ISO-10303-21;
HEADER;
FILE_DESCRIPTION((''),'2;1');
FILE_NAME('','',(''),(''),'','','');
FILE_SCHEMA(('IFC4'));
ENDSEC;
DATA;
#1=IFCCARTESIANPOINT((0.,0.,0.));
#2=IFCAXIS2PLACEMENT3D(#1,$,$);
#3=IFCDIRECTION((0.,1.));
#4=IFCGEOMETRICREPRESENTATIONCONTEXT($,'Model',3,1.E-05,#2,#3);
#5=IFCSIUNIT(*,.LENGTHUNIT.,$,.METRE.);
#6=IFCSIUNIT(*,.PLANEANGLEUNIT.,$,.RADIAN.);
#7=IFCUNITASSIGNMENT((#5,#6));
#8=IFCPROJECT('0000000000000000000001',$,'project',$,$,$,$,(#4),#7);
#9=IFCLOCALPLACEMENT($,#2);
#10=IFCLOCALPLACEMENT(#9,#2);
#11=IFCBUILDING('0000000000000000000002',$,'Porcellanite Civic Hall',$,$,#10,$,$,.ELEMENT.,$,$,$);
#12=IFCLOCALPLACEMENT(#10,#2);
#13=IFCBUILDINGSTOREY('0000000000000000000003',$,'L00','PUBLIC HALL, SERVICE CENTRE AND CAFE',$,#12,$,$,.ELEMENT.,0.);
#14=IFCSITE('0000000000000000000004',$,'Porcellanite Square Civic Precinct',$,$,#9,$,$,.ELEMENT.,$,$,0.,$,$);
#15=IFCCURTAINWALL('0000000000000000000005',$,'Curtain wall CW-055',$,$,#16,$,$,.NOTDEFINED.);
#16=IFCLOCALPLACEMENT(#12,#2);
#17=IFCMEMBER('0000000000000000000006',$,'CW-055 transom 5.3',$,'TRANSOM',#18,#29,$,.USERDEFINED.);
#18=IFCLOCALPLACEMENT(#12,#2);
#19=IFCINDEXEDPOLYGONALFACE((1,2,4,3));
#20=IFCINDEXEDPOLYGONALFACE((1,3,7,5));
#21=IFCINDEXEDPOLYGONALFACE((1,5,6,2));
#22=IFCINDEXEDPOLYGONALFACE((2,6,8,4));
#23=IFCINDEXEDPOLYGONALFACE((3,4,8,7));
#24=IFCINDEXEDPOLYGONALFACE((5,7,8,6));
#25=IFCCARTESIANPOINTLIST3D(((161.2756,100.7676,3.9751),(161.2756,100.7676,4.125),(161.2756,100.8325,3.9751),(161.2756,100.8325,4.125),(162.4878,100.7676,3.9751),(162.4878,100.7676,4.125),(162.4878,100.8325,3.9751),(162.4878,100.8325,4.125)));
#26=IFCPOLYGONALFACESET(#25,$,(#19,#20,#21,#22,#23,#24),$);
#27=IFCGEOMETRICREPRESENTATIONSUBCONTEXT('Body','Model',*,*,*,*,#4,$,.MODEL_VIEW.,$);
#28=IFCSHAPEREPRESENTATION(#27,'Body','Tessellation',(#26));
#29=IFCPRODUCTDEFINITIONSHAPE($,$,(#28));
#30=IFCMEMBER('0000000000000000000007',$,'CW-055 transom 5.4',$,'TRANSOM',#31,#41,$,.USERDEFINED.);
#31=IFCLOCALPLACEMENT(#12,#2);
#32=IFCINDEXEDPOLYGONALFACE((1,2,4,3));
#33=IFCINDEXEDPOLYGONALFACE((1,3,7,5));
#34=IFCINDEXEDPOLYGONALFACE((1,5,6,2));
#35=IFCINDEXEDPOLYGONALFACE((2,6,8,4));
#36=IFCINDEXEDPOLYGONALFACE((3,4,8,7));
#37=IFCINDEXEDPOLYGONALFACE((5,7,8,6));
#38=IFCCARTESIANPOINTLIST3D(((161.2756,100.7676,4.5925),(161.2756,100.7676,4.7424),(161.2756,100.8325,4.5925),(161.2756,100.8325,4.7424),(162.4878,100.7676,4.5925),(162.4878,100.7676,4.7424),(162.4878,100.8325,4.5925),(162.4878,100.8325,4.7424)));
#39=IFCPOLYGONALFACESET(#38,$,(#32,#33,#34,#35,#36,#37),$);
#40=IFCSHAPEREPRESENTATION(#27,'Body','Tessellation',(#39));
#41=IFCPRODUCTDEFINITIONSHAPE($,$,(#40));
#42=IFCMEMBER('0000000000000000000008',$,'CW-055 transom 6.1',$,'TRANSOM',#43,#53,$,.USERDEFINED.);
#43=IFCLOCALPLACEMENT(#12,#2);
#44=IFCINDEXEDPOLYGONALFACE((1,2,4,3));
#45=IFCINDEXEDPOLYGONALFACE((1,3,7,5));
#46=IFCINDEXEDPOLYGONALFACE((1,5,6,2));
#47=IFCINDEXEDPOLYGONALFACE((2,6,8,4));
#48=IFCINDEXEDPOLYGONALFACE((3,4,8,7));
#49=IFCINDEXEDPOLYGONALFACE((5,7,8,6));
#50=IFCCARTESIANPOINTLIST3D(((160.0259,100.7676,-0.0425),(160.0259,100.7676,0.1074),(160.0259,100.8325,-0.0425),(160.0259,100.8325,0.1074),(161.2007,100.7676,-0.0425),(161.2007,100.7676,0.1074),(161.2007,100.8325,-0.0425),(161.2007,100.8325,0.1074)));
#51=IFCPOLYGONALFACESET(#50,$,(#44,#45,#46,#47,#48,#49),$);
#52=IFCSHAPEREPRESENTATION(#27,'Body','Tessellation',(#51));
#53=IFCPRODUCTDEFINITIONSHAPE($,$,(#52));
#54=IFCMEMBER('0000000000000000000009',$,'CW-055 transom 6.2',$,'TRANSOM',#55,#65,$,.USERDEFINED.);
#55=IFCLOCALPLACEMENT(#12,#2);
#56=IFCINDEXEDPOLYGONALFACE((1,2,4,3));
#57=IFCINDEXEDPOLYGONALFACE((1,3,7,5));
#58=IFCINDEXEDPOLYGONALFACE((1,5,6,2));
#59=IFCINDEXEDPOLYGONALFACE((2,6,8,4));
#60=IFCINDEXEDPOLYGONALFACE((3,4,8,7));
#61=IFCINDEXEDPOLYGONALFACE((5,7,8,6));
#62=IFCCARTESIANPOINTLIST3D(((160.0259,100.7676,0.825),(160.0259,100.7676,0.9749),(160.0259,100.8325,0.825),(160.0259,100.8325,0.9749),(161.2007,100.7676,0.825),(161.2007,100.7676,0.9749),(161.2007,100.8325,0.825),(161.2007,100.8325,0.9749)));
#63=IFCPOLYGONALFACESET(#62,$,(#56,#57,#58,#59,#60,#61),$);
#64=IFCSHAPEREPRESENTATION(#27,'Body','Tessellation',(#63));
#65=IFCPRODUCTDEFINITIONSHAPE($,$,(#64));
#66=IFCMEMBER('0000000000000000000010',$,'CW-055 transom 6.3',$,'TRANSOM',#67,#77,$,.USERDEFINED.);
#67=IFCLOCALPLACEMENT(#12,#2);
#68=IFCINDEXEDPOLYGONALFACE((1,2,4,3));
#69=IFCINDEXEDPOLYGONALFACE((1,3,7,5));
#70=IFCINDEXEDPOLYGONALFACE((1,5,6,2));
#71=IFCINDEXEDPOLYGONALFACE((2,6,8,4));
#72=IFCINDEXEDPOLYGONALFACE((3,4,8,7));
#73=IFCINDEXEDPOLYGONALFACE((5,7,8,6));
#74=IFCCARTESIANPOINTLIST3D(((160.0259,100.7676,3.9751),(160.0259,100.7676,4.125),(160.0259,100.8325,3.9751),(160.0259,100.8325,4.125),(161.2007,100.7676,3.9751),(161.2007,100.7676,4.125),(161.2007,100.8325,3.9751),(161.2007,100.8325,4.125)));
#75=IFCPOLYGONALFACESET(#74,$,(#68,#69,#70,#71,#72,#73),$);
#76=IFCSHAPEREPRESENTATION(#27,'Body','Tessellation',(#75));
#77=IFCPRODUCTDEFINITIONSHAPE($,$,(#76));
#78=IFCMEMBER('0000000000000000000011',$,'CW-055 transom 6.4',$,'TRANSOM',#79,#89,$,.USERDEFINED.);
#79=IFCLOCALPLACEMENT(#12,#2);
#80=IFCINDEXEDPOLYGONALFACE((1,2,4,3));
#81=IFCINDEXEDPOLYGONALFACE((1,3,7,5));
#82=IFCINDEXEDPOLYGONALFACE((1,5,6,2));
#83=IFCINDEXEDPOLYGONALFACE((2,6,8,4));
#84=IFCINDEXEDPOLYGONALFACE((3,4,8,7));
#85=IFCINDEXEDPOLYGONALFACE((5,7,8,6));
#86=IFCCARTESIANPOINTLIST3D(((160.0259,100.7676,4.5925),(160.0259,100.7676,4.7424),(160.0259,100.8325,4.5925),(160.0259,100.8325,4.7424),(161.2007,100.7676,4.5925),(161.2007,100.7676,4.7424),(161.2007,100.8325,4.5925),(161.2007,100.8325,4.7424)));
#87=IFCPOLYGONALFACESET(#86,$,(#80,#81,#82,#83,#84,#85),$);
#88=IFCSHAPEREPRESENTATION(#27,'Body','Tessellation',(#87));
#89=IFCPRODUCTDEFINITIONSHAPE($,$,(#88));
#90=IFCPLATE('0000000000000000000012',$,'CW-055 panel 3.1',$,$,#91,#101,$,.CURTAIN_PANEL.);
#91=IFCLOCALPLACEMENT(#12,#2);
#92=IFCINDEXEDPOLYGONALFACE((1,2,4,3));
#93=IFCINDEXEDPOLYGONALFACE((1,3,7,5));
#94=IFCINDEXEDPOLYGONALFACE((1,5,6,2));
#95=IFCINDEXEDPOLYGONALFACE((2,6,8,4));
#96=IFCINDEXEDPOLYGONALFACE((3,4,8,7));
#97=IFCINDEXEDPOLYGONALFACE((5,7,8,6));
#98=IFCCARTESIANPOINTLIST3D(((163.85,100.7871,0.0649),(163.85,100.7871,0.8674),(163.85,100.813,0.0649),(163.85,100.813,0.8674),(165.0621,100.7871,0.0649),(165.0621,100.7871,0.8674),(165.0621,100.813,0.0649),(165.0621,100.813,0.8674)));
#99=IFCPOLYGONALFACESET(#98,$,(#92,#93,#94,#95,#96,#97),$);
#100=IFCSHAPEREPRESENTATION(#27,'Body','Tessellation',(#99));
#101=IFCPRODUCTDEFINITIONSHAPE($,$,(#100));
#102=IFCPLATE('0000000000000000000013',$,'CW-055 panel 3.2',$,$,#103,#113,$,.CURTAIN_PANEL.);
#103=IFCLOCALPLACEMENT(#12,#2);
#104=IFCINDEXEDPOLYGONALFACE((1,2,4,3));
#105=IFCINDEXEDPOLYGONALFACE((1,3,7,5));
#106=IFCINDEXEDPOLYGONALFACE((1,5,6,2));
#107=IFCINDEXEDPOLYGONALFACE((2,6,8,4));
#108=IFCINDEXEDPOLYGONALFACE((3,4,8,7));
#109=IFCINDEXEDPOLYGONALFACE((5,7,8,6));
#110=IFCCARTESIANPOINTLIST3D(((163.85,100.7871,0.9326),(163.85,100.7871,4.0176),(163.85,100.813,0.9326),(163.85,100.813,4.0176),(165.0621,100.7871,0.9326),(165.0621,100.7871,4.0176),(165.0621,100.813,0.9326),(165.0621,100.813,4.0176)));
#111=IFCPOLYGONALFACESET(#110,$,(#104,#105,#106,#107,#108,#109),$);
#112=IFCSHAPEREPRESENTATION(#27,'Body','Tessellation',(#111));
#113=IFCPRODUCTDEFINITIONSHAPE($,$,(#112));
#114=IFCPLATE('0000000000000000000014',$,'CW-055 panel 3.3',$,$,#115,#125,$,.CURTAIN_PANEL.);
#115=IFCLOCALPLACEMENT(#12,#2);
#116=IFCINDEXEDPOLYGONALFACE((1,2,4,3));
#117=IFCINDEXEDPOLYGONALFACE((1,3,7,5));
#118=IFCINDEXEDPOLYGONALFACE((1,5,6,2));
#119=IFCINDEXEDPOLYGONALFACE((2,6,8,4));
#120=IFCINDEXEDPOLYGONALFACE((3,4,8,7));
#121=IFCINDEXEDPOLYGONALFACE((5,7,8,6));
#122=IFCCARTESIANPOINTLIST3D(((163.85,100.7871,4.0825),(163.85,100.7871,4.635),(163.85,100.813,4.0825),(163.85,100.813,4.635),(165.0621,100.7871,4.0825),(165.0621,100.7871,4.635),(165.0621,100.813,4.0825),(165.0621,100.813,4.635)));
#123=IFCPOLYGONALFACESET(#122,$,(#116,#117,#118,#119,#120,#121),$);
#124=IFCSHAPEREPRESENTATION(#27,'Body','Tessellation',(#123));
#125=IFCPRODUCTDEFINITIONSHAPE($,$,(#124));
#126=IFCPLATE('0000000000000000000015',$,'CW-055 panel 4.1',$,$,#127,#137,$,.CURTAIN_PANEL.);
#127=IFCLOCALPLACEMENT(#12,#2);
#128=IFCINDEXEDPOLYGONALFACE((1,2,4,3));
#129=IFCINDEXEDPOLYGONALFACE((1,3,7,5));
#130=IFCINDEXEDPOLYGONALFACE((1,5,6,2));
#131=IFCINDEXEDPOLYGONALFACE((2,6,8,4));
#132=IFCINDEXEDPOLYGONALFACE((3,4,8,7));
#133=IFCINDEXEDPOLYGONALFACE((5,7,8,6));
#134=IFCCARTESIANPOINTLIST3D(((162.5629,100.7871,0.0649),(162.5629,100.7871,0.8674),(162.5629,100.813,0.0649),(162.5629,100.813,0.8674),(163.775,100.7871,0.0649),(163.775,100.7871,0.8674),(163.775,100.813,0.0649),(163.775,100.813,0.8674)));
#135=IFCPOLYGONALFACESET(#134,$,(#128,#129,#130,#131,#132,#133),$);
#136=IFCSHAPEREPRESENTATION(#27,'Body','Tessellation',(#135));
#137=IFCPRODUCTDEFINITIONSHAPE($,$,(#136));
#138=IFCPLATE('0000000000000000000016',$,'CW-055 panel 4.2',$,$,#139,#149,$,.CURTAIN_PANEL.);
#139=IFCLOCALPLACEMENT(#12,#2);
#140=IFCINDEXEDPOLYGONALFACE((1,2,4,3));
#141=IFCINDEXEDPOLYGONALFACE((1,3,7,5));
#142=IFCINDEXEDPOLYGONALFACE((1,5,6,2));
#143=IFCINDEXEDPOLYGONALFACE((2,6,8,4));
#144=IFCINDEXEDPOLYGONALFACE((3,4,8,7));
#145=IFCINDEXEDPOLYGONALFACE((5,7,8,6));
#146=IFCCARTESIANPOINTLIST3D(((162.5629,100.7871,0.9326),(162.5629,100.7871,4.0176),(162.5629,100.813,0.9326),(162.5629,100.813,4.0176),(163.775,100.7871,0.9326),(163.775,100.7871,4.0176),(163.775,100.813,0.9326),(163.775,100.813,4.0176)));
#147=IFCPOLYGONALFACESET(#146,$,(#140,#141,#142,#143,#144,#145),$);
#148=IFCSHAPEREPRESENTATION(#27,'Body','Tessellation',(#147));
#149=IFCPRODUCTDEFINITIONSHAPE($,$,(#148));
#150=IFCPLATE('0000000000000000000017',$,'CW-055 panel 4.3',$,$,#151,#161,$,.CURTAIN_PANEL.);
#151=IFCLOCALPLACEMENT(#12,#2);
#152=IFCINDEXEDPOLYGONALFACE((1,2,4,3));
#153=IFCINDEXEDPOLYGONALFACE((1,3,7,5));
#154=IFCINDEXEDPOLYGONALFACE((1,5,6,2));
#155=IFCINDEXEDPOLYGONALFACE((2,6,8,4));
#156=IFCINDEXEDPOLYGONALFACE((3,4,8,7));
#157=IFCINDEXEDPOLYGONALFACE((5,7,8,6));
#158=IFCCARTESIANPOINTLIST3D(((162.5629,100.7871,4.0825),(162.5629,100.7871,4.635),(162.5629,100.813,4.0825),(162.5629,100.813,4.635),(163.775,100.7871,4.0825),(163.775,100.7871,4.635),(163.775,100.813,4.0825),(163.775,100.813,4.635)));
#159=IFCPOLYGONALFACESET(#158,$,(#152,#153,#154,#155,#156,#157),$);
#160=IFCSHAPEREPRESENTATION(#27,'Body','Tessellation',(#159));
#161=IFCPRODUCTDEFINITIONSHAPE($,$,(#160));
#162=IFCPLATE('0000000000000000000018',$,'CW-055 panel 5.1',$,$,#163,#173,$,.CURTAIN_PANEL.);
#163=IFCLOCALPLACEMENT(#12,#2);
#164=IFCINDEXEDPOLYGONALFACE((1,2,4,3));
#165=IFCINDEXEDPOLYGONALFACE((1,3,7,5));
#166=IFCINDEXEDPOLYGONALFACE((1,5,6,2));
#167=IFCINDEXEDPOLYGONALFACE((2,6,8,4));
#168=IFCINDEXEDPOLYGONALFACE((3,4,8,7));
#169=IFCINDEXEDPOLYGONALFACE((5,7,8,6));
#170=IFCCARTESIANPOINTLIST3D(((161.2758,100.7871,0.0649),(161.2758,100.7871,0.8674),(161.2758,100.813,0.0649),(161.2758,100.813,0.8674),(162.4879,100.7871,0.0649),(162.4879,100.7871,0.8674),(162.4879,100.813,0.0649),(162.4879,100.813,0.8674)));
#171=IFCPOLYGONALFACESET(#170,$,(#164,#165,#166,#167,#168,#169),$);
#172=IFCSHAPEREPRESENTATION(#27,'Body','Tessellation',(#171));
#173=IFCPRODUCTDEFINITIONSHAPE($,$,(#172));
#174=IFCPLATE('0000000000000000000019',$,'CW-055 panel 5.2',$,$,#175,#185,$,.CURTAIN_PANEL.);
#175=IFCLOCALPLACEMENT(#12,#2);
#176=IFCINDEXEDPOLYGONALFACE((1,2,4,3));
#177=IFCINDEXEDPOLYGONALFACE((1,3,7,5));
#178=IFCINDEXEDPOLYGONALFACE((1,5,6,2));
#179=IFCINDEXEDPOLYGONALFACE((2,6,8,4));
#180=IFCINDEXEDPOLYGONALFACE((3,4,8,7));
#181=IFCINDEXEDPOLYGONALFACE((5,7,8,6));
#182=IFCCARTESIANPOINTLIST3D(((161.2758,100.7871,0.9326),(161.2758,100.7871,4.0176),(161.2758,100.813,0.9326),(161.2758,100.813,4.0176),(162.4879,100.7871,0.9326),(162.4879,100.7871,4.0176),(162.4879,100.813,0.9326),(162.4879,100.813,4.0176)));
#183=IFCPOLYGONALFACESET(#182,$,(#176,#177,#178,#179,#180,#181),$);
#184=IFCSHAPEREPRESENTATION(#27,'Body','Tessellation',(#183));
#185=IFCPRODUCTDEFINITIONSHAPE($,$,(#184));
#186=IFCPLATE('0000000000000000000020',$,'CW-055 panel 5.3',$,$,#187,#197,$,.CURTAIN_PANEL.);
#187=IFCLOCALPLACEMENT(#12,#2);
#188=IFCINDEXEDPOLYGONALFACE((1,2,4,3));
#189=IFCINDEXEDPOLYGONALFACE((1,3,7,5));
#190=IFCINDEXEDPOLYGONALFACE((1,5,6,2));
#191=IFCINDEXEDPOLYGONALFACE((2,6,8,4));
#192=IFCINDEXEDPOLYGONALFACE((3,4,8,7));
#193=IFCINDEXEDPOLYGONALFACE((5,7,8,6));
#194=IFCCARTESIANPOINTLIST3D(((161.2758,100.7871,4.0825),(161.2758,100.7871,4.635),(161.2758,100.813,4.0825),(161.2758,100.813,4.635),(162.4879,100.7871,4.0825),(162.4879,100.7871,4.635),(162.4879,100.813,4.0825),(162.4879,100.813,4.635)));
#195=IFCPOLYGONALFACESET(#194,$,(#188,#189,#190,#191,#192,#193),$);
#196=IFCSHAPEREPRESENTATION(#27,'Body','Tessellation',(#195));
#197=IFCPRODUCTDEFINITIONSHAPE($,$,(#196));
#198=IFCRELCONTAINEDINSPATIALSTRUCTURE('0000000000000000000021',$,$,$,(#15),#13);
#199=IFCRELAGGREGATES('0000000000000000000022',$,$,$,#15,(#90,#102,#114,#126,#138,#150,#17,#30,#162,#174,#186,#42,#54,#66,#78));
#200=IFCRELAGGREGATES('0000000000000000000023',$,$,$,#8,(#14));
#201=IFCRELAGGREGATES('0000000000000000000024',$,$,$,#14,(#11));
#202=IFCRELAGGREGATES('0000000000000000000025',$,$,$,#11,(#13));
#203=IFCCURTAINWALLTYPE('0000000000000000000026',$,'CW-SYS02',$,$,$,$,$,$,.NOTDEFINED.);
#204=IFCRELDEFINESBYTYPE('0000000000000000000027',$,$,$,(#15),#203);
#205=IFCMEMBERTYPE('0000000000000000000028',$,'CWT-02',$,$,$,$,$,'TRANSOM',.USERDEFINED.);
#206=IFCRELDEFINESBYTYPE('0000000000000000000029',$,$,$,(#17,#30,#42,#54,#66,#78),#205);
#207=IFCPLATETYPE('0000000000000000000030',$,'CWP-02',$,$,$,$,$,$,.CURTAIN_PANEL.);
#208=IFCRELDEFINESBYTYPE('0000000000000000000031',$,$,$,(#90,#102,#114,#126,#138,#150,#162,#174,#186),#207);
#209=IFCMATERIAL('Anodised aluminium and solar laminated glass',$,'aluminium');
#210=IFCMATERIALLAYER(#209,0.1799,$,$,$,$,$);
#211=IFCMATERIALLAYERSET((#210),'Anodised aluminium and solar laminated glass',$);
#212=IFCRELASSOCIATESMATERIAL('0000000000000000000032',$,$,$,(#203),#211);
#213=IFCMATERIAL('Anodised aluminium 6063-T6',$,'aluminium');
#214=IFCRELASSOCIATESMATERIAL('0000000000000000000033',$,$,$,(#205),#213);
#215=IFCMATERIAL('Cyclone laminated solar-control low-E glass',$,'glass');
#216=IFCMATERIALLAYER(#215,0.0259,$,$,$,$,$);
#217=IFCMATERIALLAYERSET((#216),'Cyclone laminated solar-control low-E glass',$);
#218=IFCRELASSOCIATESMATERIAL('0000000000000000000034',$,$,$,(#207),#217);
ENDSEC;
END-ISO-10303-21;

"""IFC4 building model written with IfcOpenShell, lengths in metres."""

from ifc_helpers import new_model, si_unit, direction, frame, origin, origin_2d, place, context, subcontext, project, spatial, rectangle, extrude, material, layer, layer_set, material_profile, profile_set, type_object, element, aggregate, save


model = new_model("IFC4")

# Units and contexts
model_context = context("Model", 3, precision=1e-05, world=origin(), true_north=direction((0.0, 1.0)))
body_context = subcontext(model_context, "Body", "Model", "MODEL_VIEW")
ifc_project = project(units=[si_unit("LENGTHUNIT", "METRE"), si_unit("PLANEANGLEUNIT", "RADIAN")], contexts=[model_context])

# Site, building, storey
site_placement = place(None, origin())
site = spatial("IfcSite", under=ifc_project, at=site_placement, Name="Porcellanite Square Civic Precinct", CompositionType="ELEMENT", RefElevation=0.0)
building_placement = place(site_placement, origin())
building = spatial("IfcBuilding", under=site, at=building_placement, Name="Porcellanite Civic Hall", CompositionType="ELEMENT")
storey_placement = place(building_placement, origin())
storey = spatial("IfcBuildingStorey", under=building, at=storey_placement, Name="L00", Description="PUBLIC HALL, SERVICE CENTRE AND CAFE", CompositionType="ELEMENT", Elevation=0.0)

# Curtain wall, members, plates
ifc_material_1 = material(Name="Anodised aluminium and solar laminated glass", Category="aluminium")
ifc_layer_1 = layer(ifc_material_1, 0.1799)
ifc_layer_set_1 = layer_set([ifc_layer_1], Name="Anodised aluminium and solar laminated glass")
curtain_wall_type = type_object("IfcCurtainWallType", Name="CW-SYS02", PredefinedType="NOTDEFINED", material=ifc_layer_set_1)
curtain_wall_placement = place(storey_placement, origin())
curtain_wall = element("IfcCurtainWall", 1, at=curtain_wall_placement, inside=storey, type_object=curtain_wall_type, Name="Curtain wall CW-055", PredefinedType="NOTDEFINED")
ifc_material_2 = material(Name="Anodised aluminium 6063-T6", Category="aluminium")
ifc_material_profile_1 = material_profile(ifc_material_2, rectangle(XDim=0.0649, YDim=0.1499, at=origin_2d()), Name="AL-65x150")
ifc_profile_set_1 = profile_set([ifc_material_profile_1], Name="Anodised aluminium 6063-T6")
member_type_1 = type_object("IfcMemberType", Name="CWT-02", ElementType="TRANSOM", PredefinedType="USERDEFINED", material=ifc_profile_set_1)
member_1_placement = place(storey_placement, frame((162.4878, 100.8, 4.05), z_axis=(-1.0, 0.0, 0.0), x_axis=(0.0, -1.0, 0.0)))
member_1 = element("IfcMember", 2, at=member_1_placement, type_object=member_type_1, Name="CW-055 transom 5.3", ObjectType="TRANSOM", PredefinedType="USERDEFINED", context=body_context, shape_type="SweptSolid", body=[
    extrude(rectangle(XDim=0.0649, YDim=0.1499, at=origin_2d()), origin(), (0.0, 0.0, 1.0), 1.2122),
])
member_2_placement = place(storey_placement, frame((162.4878, 100.8, 4.6675), z_axis=(-1.0, 0.0, 0.0), x_axis=(0.0, -1.0, 0.0)))
member_2 = element("IfcMember", 3, at=member_2_placement, type_object=member_type_1, Name="CW-055 transom 5.4", ObjectType="TRANSOM", PredefinedType="USERDEFINED", context=body_context, shape_type="SweptSolid", body=[
    extrude(rectangle(XDim=0.0649, YDim=0.1499, at=origin_2d()), origin(), (0.0, 0.0, 1.0), 1.2122),
])
member_3_placement = place(storey_placement, frame((161.2007, 100.8, 0.0325), z_axis=(-1.0, 0.0, 0.0), x_axis=(0.0, -1.0, 0.0)))
member_3 = element("IfcMember", 4, at=member_3_placement, type_object=member_type_1, Name="CW-055 transom 6.1", ObjectType="TRANSOM", PredefinedType="USERDEFINED", context=body_context, shape_type="SweptSolid", body=[
    extrude(rectangle(XDim=0.0649, YDim=0.1499, at=origin_2d()), origin(), (0.0, 0.0, 1.0), 1.1748),
])
member_4_placement = place(storey_placement, frame((161.2007, 100.8, 0.8999), z_axis=(-1.0, 0.0, 0.0), x_axis=(0.0, -1.0, 0.0)))
member_4 = element("IfcMember", 5, at=member_4_placement, type_object=member_type_1, Name="CW-055 transom 6.2", ObjectType="TRANSOM", PredefinedType="USERDEFINED", context=body_context, shape_type="SweptSolid", body=[
    extrude(rectangle(XDim=0.0649, YDim=0.1499, at=origin_2d()), origin(), (0.0, 0.0, 1.0), 1.1748),
])
member_5_placement = place(storey_placement, frame((161.2007, 100.8, 4.05), z_axis=(-1.0, 0.0, 0.0), x_axis=(0.0, -1.0, 0.0)))
member_5 = element("IfcMember", 6, at=member_5_placement, type_object=member_type_1, Name="CW-055 transom 6.3", ObjectType="TRANSOM", PredefinedType="USERDEFINED", context=body_context, shape_type="SweptSolid", body=[
    extrude(rectangle(XDim=0.0649, YDim=0.1499, at=origin_2d()), origin(), (0.0, 0.0, 1.0), 1.1748),
])
member_6_placement = place(storey_placement, frame((161.2007, 100.8, 4.6675), z_axis=(-1.0, 0.0, 0.0), x_axis=(0.0, -1.0, 0.0)))
member_6 = element("IfcMember", 7, at=member_6_placement, type_object=member_type_1, Name="CW-055 transom 6.4", ObjectType="TRANSOM", PredefinedType="USERDEFINED", context=body_context, shape_type="SweptSolid", body=[
    extrude(rectangle(XDim=0.0649, YDim=0.1499, at=origin_2d()), origin(), (0.0, 0.0, 1.0), 1.1748),
])
ifc_material_3 = material(Name="Cyclone laminated solar-control low-E glass", Category="glass")
ifc_layer_2 = layer(ifc_material_3, 0.0259)
ifc_layer_set_2 = layer_set([ifc_layer_2], Name="Cyclone laminated solar-control low-E glass")
plate_type = type_object("IfcPlateType", Name="CWP-02", PredefinedType="CURTAIN_PANEL", material=ifc_layer_set_2)
plate_1_placement = place(storey_placement, frame((164.4561, 100.8, 0.0649), z_axis=(0.0, 0.0, 1.0), x_axis=(-1.0, 0.0, 0.0)))
plate_1 = element("IfcPlate", 8, at=plate_1_placement, type_object=plate_type, Name="CW-055 panel 3.1", PredefinedType="CURTAIN_PANEL", context=body_context, shape_type="SweptSolid", body=[
    extrude(rectangle(XDim=1.2122, YDim=0.0259, at=origin_2d()), origin(), (0.0, 0.0, 1.0), 0.8025),
])
plate_2_placement = place(storey_placement, frame((164.4561, 100.8, 0.9326), z_axis=(0.0, 0.0, 1.0), x_axis=(-1.0, 0.0, 0.0)))
plate_2 = element("IfcPlate", 9, at=plate_2_placement, type_object=plate_type, Name="CW-055 panel 3.2", PredefinedType="CURTAIN_PANEL", context=body_context, shape_type="SweptSolid", body=[
    extrude(rectangle(XDim=1.2122, YDim=0.0259, at=origin_2d()), origin(), (0.0, 0.0, 1.0), 3.085),
])
plate_3_placement = place(storey_placement, frame((164.4561, 100.8, 4.0825), z_axis=(0.0, 0.0, 1.0), x_axis=(-1.0, 0.0, 0.0)))
plate_3 = element("IfcPlate", 10, at=plate_3_placement, type_object=plate_type, Name="CW-055 panel 3.3", PredefinedType="CURTAIN_PANEL", context=body_context, shape_type="SweptSolid", body=[
    extrude(rectangle(XDim=1.2122, YDim=0.0259, at=origin_2d()), origin(), (0.0, 0.0, 1.0), 0.5525),
])
plate_4_placement = place(storey_placement, frame((163.1689, 100.8, 0.0649), z_axis=(0.0, 0.0, 1.0), x_axis=(-1.0, 0.0, 0.0)))
plate_4 = element("IfcPlate", 11, at=plate_4_placement, type_object=plate_type, Name="CW-055 panel 4.1", PredefinedType="CURTAIN_PANEL", context=body_context, shape_type="SweptSolid", body=[
    extrude(rectangle(XDim=1.2122, YDim=0.0259, at=origin_2d()), origin(), (0.0, 0.0, 1.0), 0.8025),
])
plate_5_placement = place(storey_placement, frame((163.1689, 100.8, 0.9326), z_axis=(0.0, 0.0, 1.0), x_axis=(-1.0, 0.0, 0.0)))
plate_5 = element("IfcPlate", 12, at=plate_5_placement, type_object=plate_type, Name="CW-055 panel 4.2", PredefinedType="CURTAIN_PANEL", context=body_context, shape_type="SweptSolid", body=[
    extrude(rectangle(XDim=1.2122, YDim=0.0259, at=origin_2d()), origin(), (0.0, 0.0, 1.0), 3.085),
])
plate_6_placement = place(storey_placement, frame((163.1689, 100.8, 4.0825), z_axis=(0.0, 0.0, 1.0), x_axis=(-1.0, 0.0, 0.0)))
plate_6 = element("IfcPlate", 13, at=plate_6_placement, type_object=plate_type, Name="CW-055 panel 4.3", PredefinedType="CURTAIN_PANEL", context=body_context, shape_type="SweptSolid", body=[
    extrude(rectangle(XDim=1.2122, YDim=0.0259, at=origin_2d()), origin(), (0.0, 0.0, 1.0), 0.5525),
])
plate_7_placement = place(storey_placement, frame((161.8818, 100.8, 0.0649), z_axis=(0.0, 0.0, 1.0), x_axis=(-1.0, 0.0, 0.0)))
plate_7 = element("IfcPlate", 14, at=plate_7_placement, type_object=plate_type, Name="CW-055 panel 5.1", PredefinedType="CURTAIN_PANEL", context=body_context, shape_type="SweptSolid", body=[
    extrude(rectangle(XDim=1.2122, YDim=0.0259, at=origin_2d()), origin(), (0.0, 0.0, 1.0), 0.8025),
])
plate_8_placement = place(storey_placement, frame((161.8818, 100.8, 0.9326), z_axis=(0.0, 0.0, 1.0), x_axis=(-1.0, 0.0, 0.0)))
plate_8 = element("IfcPlate", 15, at=plate_8_placement, type_object=plate_type, Name="CW-055 panel 5.2", PredefinedType="CURTAIN_PANEL", context=body_context, shape_type="SweptSolid", body=[
    extrude(rectangle(XDim=1.2122, YDim=0.0259, at=origin_2d()), origin(), (0.0, 0.0, 1.0), 3.085),
])
plate_9_placement = place(storey_placement, frame((161.8818, 100.8, 4.0825), z_axis=(0.0, 0.0, 1.0), x_axis=(-1.0, 0.0, 0.0)))
plate_9 = element("IfcPlate", 16, at=plate_9_placement, type_object=plate_type, Name="CW-055 panel 5.3", PredefinedType="CURTAIN_PANEL", context=body_context, shape_type="SweptSolid", body=[
    extrude(rectangle(XDim=1.2122, YDim=0.0259, at=origin_2d()), origin(), (0.0, 0.0, 1.0), 0.5525),
])
aggregate(curtain_wall, [plate_1, plate_2, plate_3, plate_4, plate_5, plate_6, member_1, member_2, plate_7, plate_8, plate_9, member_3, member_4, member_5, member_6])

save(model, "model.ifc")
